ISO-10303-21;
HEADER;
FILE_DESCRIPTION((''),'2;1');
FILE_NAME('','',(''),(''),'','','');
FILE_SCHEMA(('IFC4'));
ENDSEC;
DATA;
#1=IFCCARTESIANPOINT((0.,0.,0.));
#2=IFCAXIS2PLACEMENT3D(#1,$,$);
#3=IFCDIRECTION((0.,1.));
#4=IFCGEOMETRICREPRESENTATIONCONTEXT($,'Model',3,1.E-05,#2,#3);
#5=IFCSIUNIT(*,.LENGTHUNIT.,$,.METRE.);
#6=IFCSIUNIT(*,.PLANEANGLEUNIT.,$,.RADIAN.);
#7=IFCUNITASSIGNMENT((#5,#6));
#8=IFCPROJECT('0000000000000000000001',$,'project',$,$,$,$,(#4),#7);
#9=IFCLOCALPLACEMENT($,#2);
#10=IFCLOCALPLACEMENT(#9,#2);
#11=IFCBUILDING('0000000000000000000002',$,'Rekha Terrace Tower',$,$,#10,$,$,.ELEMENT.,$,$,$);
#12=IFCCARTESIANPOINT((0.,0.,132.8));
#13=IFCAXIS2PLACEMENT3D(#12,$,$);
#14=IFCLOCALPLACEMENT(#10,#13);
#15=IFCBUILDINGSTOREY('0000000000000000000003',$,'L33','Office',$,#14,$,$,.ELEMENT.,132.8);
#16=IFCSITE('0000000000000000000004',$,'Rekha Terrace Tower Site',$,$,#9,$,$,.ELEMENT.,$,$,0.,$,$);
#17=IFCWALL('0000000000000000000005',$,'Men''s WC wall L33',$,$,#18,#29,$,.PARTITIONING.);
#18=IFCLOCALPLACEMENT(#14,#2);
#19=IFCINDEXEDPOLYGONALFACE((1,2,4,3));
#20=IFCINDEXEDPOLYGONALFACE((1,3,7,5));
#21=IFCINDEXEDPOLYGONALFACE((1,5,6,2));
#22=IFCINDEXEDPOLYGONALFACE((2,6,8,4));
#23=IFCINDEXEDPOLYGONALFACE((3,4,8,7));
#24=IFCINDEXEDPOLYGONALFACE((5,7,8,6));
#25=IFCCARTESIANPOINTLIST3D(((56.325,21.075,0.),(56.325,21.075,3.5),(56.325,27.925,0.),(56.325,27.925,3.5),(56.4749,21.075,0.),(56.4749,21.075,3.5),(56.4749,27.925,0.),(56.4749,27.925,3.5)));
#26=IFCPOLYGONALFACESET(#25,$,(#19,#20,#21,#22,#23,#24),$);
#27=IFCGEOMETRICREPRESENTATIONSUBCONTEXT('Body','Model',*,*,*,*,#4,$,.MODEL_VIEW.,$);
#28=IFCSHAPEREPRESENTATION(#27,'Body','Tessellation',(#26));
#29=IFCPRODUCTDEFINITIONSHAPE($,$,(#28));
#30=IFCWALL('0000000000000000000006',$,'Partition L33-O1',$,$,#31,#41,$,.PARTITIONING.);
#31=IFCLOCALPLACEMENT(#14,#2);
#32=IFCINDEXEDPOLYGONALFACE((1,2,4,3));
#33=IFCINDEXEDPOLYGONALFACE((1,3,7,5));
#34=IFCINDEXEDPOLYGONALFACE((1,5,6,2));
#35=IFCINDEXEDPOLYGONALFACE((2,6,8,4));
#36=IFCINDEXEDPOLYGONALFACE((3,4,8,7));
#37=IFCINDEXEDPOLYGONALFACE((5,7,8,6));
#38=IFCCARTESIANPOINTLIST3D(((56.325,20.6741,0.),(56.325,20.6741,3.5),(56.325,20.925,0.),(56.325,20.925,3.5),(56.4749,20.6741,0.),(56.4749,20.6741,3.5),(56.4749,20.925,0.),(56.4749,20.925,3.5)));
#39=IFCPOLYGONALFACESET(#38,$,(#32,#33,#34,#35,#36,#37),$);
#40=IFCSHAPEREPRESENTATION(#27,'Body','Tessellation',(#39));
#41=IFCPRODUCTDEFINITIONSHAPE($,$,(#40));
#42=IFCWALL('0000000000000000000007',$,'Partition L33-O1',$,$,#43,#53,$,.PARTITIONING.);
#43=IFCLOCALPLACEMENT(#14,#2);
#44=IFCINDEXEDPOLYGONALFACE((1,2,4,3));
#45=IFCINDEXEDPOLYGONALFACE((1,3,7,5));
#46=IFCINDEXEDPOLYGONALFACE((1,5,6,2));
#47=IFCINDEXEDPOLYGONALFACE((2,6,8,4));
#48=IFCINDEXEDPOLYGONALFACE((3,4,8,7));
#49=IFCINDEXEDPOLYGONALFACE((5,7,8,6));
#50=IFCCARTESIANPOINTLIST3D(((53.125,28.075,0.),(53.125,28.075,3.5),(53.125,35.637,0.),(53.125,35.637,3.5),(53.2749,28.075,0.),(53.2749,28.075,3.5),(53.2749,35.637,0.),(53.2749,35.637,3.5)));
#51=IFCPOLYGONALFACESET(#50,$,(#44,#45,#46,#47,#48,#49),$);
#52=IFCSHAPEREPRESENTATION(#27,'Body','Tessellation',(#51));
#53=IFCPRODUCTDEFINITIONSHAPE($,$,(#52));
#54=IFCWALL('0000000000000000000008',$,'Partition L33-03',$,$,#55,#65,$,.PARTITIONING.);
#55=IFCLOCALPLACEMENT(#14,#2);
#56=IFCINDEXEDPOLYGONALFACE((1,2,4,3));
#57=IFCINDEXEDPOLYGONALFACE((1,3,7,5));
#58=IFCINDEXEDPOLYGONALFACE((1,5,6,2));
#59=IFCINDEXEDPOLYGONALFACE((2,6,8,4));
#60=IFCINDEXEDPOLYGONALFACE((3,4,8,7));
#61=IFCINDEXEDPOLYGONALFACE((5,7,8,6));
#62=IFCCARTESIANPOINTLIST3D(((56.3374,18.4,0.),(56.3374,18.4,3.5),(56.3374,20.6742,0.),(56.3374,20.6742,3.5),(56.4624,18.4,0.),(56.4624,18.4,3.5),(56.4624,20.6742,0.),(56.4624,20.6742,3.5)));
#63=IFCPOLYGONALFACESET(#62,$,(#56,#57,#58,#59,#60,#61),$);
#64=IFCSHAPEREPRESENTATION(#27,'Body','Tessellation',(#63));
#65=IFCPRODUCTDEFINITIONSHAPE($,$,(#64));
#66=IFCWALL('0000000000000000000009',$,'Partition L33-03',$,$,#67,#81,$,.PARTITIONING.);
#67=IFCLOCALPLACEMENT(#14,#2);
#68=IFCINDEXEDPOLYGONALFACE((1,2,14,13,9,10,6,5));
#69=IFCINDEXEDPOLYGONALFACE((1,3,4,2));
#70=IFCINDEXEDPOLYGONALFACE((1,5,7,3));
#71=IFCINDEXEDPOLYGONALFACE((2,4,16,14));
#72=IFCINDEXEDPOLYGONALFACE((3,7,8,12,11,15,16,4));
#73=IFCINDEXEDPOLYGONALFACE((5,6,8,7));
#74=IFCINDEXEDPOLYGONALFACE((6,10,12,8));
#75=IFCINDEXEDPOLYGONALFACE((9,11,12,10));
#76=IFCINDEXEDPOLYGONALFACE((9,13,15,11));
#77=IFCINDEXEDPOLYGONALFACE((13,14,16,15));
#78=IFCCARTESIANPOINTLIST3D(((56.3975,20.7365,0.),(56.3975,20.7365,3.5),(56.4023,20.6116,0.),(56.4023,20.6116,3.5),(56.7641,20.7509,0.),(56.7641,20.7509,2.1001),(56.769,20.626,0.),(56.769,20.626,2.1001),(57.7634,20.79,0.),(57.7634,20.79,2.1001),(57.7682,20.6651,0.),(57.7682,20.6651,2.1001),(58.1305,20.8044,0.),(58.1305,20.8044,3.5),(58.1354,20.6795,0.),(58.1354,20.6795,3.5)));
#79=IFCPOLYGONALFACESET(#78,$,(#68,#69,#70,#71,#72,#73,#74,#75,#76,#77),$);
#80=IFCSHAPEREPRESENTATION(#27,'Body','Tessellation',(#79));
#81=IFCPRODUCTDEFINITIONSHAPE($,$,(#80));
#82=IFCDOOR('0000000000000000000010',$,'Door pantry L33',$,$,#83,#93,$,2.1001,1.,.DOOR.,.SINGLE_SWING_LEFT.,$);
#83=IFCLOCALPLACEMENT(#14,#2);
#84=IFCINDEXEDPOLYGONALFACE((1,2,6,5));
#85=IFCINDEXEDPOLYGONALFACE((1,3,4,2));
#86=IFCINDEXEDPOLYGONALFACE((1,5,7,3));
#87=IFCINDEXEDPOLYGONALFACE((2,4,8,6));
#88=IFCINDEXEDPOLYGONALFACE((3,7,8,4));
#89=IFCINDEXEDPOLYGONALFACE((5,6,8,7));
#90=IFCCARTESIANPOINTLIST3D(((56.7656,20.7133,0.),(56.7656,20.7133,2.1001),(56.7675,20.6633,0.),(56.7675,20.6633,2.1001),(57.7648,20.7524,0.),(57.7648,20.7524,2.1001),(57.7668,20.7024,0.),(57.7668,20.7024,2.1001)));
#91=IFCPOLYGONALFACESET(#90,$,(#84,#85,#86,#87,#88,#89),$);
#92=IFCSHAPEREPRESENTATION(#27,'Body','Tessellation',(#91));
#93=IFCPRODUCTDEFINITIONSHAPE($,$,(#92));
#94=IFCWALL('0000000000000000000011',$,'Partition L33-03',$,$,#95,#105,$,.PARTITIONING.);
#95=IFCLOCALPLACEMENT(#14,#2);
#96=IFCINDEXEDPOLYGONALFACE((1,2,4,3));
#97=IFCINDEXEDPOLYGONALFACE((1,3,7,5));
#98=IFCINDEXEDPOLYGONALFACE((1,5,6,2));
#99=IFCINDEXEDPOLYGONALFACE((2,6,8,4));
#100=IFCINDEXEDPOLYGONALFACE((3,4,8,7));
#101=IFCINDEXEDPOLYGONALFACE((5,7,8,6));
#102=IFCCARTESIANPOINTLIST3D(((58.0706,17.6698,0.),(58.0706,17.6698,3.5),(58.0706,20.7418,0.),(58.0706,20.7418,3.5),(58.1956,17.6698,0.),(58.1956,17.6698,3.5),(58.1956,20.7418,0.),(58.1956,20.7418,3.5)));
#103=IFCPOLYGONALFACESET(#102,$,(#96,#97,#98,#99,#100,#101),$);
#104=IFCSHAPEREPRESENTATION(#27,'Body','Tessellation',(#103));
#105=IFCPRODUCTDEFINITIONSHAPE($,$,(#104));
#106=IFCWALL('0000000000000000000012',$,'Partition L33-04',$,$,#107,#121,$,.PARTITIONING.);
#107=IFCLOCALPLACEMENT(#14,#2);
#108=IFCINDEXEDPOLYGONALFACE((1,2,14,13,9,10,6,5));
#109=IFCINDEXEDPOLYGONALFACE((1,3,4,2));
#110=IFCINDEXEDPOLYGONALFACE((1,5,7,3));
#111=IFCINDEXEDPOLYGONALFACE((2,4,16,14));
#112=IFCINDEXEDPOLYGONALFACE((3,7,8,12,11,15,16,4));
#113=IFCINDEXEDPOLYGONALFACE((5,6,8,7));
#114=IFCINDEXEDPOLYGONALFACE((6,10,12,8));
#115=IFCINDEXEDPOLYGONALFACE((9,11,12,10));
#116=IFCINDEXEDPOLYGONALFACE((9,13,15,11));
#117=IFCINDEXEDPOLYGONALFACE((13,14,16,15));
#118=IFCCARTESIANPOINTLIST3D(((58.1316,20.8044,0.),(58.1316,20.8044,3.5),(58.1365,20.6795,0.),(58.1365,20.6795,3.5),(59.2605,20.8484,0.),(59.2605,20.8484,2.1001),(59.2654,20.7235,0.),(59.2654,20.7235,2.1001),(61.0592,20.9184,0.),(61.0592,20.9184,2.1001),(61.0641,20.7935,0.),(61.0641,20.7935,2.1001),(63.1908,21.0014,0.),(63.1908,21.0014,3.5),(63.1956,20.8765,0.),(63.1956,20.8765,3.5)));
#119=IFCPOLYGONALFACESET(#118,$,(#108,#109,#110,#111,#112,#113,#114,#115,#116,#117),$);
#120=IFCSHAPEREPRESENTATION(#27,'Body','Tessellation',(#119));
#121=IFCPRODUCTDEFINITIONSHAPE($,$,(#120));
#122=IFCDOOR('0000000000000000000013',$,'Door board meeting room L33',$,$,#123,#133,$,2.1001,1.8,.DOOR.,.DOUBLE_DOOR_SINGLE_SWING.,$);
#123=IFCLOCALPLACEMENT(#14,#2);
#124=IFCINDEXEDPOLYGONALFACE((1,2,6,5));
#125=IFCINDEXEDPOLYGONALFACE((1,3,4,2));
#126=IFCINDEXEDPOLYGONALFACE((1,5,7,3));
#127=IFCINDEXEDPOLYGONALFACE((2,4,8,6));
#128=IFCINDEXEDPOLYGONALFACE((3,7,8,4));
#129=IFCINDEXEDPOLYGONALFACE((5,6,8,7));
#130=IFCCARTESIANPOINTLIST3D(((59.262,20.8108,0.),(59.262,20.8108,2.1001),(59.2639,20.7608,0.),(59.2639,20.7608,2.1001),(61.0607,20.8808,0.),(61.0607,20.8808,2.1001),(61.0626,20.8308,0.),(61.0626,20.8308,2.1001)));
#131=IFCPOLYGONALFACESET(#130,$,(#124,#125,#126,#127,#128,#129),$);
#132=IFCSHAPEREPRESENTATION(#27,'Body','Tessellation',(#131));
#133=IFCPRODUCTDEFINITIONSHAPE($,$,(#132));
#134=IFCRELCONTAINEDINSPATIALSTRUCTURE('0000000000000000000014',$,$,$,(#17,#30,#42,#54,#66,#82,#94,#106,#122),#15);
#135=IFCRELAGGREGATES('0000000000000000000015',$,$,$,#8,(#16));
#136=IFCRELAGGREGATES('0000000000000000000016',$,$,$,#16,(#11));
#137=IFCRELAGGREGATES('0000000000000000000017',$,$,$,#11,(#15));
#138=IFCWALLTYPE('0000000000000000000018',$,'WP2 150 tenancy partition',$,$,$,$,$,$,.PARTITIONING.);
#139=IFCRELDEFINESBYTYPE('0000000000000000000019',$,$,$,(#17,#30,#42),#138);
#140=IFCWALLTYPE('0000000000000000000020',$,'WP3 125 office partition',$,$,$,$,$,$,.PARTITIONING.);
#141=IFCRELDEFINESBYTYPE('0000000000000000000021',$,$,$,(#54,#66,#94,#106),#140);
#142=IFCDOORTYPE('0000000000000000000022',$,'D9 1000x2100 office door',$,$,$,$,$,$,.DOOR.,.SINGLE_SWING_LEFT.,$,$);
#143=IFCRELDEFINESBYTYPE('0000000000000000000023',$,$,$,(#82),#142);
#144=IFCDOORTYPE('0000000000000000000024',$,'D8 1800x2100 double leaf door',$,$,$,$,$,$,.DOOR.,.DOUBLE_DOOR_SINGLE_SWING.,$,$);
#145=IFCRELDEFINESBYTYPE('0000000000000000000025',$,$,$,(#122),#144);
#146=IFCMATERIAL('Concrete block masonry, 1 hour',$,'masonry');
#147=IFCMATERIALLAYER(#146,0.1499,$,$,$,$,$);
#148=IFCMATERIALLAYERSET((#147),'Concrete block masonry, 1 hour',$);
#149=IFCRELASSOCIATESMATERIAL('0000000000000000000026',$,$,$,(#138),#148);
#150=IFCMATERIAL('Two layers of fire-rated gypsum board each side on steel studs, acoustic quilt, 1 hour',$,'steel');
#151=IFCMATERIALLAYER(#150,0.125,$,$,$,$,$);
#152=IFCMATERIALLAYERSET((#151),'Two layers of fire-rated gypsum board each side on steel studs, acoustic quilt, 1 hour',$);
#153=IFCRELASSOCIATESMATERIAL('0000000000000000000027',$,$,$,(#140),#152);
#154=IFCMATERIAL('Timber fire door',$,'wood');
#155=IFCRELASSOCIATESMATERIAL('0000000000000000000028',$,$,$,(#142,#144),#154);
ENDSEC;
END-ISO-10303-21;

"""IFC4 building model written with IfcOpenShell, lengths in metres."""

from ifc_helpers import new_model, si_unit, direction, frame, frame_2d, origin, place, context, subcontext, project, spatial, rectangle, extrude, material, layer, layer_set, type_object, element, fill, save


model = new_model("IFC4")

# Units and contexts
model_context = context("Model", 3, precision=1e-05, world=origin(), true_north=direction((0.0, 1.0)))
body_context = subcontext(model_context, "Body", "Model", "MODEL_VIEW")
ifc_project = project(units=[si_unit("LENGTHUNIT", "METRE"), si_unit("PLANEANGLEUNIT", "RADIAN")], contexts=[model_context])

# Site, building, storey
site_placement = place(None, origin())
site = spatial("IfcSite", under=ifc_project, at=site_placement, Name="Rekha Terrace Tower Site", CompositionType="ELEMENT", RefElevation=0.0)
building_placement = place(site_placement, origin())
building = spatial("IfcBuilding", under=site, at=building_placement, Name="Rekha Terrace Tower", CompositionType="ELEMENT")
storey_placement = place(building_placement, frame((0.0, 0.0, 132.8)))
storey = spatial("IfcBuildingStorey", under=building, at=storey_placement, Name="L33", Description="Office", CompositionType="ELEMENT", Elevation=132.8)

# Shared definitions
ifc_material_1 = material(Name="Concrete block masonry, 1 hour", Category="masonry")
ifc_layer_1 = layer(ifc_material_1, 0.1499)
ifc_layer_set_1 = layer_set([ifc_layer_1], Name="Concrete block masonry, 1 hour")
wall_type_1 = type_object("IfcWallType", Name="WP2 150 tenancy partition", PredefinedType="PARTITIONING", material=ifc_layer_set_1)

# Walls
wall_1_placement = place(storey_placement, frame((56.3999, 21.075, 0.0), z_axis=(0.0, 0.0, 1.0), x_axis=(0.0, 1.0, 0.0)))
element("IfcWall", 1, at=wall_1_placement, inside=storey, type_object=wall_type_1, Name="Men's WC wall L33", PredefinedType="PARTITIONING", context=body_context, shape_type="SweptSolid", body=[
    extrude(rectangle(XDim=6.8501, YDim=0.1499, at=frame_2d((3.425, 0.0))), origin(), (0.0, 0.0, 1.0), 3.5),
])
wall_2_placement = place(storey_placement, frame((56.3999, 20.6741, 0.0), z_axis=(0.0, 0.0, 1.0), x_axis=(0.0, 1.0, 0.0)))
element("IfcWall", 2, at=wall_2_placement, inside=storey, type_object=wall_type_1, Name="Partition L33-O1", PredefinedType="PARTITIONING", context=body_context, shape_type="SweptSolid", body=[
    extrude(rectangle(XDim=0.251, YDim=0.1499, at=frame_2d((0.1255, 0.0))), origin(), (0.0, 0.0, 1.0), 3.5),
])
wall_3_placement = place(storey_placement, frame((53.2, 28.075, 0.0), z_axis=(0.0, 0.0, 1.0), x_axis=(0.0, 1.0, 0.0)))
element("IfcWall", 3, at=wall_3_placement, inside=storey, type_object=wall_type_1, Name="Partition L33-O1", PredefinedType="PARTITIONING", context=body_context, shape_type="SweptSolid", body=[
    extrude(rectangle(XDim=7.562, YDim=0.1499, at=frame_2d((3.781, 0.0))), origin(), (0.0, 0.0, 1.0), 3.5),
])
ifc_material_2 = material(Name="Two layers of fire-rated gypsum board each side on steel studs, acoustic quilt, 1 hour", Category="steel")
ifc_layer_2 = layer(ifc_material_2, 0.125)
ifc_layer_set_2 = layer_set([ifc_layer_2], Name="Two layers of fire-rated gypsum board each side on steel studs, acoustic quilt, 1 hour")
wall_type_2 = type_object("IfcWallType", Name="WP3 125 office partition", PredefinedType="PARTITIONING", material=ifc_layer_set_2)
wall_4_placement = place(storey_placement, frame((56.3999, 18.3999, 0.0), z_axis=(0.0, 0.0, 1.0), x_axis=(0.0, 1.0, 0.0)))
element("IfcWall", 4, at=wall_4_placement, inside=storey, type_object=wall_type_2, Name="Partition L33-03", PredefinedType="PARTITIONING", context=body_context, shape_type="SweptSolid", body=[
    extrude(rectangle(XDim=2.2742, YDim=0.125, at=frame_2d((1.1372, 0.0))), origin(), (0.0, 0.0, 1.0), 3.5),
])

# Wall, opening, door
wall_5_placement = place(storey_placement, frame((56.3999, 20.6741, 0.0), z_axis=(0.0, 0.0, 1.0), x_axis=(0.999234, 0.03913, 0.0)))
wall_5 = element("IfcWall", 5, at=wall_5_placement, inside=storey, type_object=wall_type_2, Name="Partition L33-03", PredefinedType="PARTITIONING", context=body_context, shape_type="SweptSolid", body=[
    extrude(rectangle(XDim=1.7344, YDim=0.125, at=frame_2d((0.8672, 0.0))), origin(), (0.0, 0.0, 1.0), 3.5),
])
opening_1_placement = place(wall_5_placement, frame((0.3669, 0.0, 0.0)))
opening_1 = element("IfcOpeningElement", 6, at=opening_1_placement, cuts=wall_5, PredefinedType="OPENING", context=body_context, shape_type="SweptSolid", body=[
    extrude(rectangle(XDim=1.0, YDim=2.1001, at=frame_2d((0.5, 1.05))), frame((0.0, 0.0725, 0.0), z_axis=(0.0, -1.0, 0.0), x_axis=(1.0, 0.0, 0.0)), (0.0, 0.0, 1.0), 0.145),
])
ifc_material_3 = material(Name="Timber fire door", Category="wood")
door_type_1 = type_object("IfcDoorType", Name="D9 1000x2100 office door", OperationType="SINGLE_SWING_LEFT", PredefinedType="DOOR", material=ifc_material_3)
door_1_placement = place(opening_1_placement, origin())
door_1 = element("IfcDoor", 7, at=door_1_placement, inside=storey, type_object=door_type_1, Name="Door pantry L33", OperationType="SINGLE_SWING_LEFT", OverallHeight=2.1001, OverallWidth=1.0, PredefinedType="DOOR", context=body_context, shape_type="SweptSolid", body=[
    extrude(rectangle(XDim=1.0, YDim=2.1001, at=frame_2d((0.5, 1.05))), frame((0.0, 0.0249, 0.0), z_axis=(0.0, -1.0, 0.0), x_axis=(1.0, 0.0, 0.0)), (0.0, 0.0, 1.0), 0.05),
])
fill(opening_1, door_1)

# Wall
wall_6_placement = place(storey_placement, frame((58.1331, 20.7419, 0.0), z_axis=(0.0, 0.0, 1.0), x_axis=(0.0, -1.0, 0.0)))
element("IfcWall", 8, at=wall_6_placement, inside=storey, type_object=wall_type_2, Name="Partition L33-03", PredefinedType="PARTITIONING", context=body_context, shape_type="SweptSolid", body=[
    extrude(rectangle(XDim=3.072, YDim=0.125, at=frame_2d((1.5361, 0.0))), origin(), (0.0, 0.0, 1.0), 3.5),
])

# Wall, opening, door
wall_7_placement = place(storey_placement, frame((58.134, 20.7419, 0.0), z_axis=(0.0, 0.0, 1.0), x_axis=(0.999243, 0.038915, 0.0)))
wall_7 = element("IfcWall", 9, at=wall_7_placement, inside=storey, type_object=wall_type_2, Name="Partition L33-04", PredefinedType="PARTITIONING", context=body_context, shape_type="SweptSolid", body=[
    extrude(rectangle(XDim=5.063, YDim=0.125, at=frame_2d((2.5315, 0.0))), origin(), (0.0, 0.0, 1.0), 3.5),
])
opening_2_placement = place(wall_7_placement, frame((1.1299, 0.0, 0.0)))
opening_2 = element("IfcOpeningElement", 10, at=opening_2_placement, cuts=wall_7, PredefinedType="OPENING", context=body_context, shape_type="SweptSolid", body=[
    extrude(rectangle(XDim=1.8, YDim=2.1001, at=frame_2d((0.8999, 1.05))), frame((0.0, 0.0725, 0.0), z_axis=(0.0, -1.0, 0.0), x_axis=(1.0, 0.0, 0.0)), (0.0, 0.0, 1.0), 0.145),
])
door_type_2 = type_object("IfcDoorType", Name="D8 1800x2100 double leaf door", OperationType="DOUBLE_DOOR_SINGLE_SWING", PredefinedType="DOOR", material=ifc_material_3)
door_2_placement = place(opening_2_placement, origin())
door_2 = element("IfcDoor", 11, at=door_2_placement, inside=storey, type_object=door_type_2, Name="Door board meeting room L33", OperationType="DOUBLE_DOOR_SINGLE_SWING", OverallHeight=2.1001, OverallWidth=1.8, PredefinedType="DOOR", context=body_context, shape_type="SweptSolid", body=[
    extrude(rectangle(XDim=1.8, YDim=2.1001, at=frame_2d((0.8999, 1.05))), frame((0.0, 0.0249, 0.0), z_axis=(0.0, -1.0, 0.0), x_axis=(1.0, 0.0, 0.0)), (0.0, 0.0, 1.0), 0.05),
])
fill(opening_2, door_2)

save(model, "model.ifc")
